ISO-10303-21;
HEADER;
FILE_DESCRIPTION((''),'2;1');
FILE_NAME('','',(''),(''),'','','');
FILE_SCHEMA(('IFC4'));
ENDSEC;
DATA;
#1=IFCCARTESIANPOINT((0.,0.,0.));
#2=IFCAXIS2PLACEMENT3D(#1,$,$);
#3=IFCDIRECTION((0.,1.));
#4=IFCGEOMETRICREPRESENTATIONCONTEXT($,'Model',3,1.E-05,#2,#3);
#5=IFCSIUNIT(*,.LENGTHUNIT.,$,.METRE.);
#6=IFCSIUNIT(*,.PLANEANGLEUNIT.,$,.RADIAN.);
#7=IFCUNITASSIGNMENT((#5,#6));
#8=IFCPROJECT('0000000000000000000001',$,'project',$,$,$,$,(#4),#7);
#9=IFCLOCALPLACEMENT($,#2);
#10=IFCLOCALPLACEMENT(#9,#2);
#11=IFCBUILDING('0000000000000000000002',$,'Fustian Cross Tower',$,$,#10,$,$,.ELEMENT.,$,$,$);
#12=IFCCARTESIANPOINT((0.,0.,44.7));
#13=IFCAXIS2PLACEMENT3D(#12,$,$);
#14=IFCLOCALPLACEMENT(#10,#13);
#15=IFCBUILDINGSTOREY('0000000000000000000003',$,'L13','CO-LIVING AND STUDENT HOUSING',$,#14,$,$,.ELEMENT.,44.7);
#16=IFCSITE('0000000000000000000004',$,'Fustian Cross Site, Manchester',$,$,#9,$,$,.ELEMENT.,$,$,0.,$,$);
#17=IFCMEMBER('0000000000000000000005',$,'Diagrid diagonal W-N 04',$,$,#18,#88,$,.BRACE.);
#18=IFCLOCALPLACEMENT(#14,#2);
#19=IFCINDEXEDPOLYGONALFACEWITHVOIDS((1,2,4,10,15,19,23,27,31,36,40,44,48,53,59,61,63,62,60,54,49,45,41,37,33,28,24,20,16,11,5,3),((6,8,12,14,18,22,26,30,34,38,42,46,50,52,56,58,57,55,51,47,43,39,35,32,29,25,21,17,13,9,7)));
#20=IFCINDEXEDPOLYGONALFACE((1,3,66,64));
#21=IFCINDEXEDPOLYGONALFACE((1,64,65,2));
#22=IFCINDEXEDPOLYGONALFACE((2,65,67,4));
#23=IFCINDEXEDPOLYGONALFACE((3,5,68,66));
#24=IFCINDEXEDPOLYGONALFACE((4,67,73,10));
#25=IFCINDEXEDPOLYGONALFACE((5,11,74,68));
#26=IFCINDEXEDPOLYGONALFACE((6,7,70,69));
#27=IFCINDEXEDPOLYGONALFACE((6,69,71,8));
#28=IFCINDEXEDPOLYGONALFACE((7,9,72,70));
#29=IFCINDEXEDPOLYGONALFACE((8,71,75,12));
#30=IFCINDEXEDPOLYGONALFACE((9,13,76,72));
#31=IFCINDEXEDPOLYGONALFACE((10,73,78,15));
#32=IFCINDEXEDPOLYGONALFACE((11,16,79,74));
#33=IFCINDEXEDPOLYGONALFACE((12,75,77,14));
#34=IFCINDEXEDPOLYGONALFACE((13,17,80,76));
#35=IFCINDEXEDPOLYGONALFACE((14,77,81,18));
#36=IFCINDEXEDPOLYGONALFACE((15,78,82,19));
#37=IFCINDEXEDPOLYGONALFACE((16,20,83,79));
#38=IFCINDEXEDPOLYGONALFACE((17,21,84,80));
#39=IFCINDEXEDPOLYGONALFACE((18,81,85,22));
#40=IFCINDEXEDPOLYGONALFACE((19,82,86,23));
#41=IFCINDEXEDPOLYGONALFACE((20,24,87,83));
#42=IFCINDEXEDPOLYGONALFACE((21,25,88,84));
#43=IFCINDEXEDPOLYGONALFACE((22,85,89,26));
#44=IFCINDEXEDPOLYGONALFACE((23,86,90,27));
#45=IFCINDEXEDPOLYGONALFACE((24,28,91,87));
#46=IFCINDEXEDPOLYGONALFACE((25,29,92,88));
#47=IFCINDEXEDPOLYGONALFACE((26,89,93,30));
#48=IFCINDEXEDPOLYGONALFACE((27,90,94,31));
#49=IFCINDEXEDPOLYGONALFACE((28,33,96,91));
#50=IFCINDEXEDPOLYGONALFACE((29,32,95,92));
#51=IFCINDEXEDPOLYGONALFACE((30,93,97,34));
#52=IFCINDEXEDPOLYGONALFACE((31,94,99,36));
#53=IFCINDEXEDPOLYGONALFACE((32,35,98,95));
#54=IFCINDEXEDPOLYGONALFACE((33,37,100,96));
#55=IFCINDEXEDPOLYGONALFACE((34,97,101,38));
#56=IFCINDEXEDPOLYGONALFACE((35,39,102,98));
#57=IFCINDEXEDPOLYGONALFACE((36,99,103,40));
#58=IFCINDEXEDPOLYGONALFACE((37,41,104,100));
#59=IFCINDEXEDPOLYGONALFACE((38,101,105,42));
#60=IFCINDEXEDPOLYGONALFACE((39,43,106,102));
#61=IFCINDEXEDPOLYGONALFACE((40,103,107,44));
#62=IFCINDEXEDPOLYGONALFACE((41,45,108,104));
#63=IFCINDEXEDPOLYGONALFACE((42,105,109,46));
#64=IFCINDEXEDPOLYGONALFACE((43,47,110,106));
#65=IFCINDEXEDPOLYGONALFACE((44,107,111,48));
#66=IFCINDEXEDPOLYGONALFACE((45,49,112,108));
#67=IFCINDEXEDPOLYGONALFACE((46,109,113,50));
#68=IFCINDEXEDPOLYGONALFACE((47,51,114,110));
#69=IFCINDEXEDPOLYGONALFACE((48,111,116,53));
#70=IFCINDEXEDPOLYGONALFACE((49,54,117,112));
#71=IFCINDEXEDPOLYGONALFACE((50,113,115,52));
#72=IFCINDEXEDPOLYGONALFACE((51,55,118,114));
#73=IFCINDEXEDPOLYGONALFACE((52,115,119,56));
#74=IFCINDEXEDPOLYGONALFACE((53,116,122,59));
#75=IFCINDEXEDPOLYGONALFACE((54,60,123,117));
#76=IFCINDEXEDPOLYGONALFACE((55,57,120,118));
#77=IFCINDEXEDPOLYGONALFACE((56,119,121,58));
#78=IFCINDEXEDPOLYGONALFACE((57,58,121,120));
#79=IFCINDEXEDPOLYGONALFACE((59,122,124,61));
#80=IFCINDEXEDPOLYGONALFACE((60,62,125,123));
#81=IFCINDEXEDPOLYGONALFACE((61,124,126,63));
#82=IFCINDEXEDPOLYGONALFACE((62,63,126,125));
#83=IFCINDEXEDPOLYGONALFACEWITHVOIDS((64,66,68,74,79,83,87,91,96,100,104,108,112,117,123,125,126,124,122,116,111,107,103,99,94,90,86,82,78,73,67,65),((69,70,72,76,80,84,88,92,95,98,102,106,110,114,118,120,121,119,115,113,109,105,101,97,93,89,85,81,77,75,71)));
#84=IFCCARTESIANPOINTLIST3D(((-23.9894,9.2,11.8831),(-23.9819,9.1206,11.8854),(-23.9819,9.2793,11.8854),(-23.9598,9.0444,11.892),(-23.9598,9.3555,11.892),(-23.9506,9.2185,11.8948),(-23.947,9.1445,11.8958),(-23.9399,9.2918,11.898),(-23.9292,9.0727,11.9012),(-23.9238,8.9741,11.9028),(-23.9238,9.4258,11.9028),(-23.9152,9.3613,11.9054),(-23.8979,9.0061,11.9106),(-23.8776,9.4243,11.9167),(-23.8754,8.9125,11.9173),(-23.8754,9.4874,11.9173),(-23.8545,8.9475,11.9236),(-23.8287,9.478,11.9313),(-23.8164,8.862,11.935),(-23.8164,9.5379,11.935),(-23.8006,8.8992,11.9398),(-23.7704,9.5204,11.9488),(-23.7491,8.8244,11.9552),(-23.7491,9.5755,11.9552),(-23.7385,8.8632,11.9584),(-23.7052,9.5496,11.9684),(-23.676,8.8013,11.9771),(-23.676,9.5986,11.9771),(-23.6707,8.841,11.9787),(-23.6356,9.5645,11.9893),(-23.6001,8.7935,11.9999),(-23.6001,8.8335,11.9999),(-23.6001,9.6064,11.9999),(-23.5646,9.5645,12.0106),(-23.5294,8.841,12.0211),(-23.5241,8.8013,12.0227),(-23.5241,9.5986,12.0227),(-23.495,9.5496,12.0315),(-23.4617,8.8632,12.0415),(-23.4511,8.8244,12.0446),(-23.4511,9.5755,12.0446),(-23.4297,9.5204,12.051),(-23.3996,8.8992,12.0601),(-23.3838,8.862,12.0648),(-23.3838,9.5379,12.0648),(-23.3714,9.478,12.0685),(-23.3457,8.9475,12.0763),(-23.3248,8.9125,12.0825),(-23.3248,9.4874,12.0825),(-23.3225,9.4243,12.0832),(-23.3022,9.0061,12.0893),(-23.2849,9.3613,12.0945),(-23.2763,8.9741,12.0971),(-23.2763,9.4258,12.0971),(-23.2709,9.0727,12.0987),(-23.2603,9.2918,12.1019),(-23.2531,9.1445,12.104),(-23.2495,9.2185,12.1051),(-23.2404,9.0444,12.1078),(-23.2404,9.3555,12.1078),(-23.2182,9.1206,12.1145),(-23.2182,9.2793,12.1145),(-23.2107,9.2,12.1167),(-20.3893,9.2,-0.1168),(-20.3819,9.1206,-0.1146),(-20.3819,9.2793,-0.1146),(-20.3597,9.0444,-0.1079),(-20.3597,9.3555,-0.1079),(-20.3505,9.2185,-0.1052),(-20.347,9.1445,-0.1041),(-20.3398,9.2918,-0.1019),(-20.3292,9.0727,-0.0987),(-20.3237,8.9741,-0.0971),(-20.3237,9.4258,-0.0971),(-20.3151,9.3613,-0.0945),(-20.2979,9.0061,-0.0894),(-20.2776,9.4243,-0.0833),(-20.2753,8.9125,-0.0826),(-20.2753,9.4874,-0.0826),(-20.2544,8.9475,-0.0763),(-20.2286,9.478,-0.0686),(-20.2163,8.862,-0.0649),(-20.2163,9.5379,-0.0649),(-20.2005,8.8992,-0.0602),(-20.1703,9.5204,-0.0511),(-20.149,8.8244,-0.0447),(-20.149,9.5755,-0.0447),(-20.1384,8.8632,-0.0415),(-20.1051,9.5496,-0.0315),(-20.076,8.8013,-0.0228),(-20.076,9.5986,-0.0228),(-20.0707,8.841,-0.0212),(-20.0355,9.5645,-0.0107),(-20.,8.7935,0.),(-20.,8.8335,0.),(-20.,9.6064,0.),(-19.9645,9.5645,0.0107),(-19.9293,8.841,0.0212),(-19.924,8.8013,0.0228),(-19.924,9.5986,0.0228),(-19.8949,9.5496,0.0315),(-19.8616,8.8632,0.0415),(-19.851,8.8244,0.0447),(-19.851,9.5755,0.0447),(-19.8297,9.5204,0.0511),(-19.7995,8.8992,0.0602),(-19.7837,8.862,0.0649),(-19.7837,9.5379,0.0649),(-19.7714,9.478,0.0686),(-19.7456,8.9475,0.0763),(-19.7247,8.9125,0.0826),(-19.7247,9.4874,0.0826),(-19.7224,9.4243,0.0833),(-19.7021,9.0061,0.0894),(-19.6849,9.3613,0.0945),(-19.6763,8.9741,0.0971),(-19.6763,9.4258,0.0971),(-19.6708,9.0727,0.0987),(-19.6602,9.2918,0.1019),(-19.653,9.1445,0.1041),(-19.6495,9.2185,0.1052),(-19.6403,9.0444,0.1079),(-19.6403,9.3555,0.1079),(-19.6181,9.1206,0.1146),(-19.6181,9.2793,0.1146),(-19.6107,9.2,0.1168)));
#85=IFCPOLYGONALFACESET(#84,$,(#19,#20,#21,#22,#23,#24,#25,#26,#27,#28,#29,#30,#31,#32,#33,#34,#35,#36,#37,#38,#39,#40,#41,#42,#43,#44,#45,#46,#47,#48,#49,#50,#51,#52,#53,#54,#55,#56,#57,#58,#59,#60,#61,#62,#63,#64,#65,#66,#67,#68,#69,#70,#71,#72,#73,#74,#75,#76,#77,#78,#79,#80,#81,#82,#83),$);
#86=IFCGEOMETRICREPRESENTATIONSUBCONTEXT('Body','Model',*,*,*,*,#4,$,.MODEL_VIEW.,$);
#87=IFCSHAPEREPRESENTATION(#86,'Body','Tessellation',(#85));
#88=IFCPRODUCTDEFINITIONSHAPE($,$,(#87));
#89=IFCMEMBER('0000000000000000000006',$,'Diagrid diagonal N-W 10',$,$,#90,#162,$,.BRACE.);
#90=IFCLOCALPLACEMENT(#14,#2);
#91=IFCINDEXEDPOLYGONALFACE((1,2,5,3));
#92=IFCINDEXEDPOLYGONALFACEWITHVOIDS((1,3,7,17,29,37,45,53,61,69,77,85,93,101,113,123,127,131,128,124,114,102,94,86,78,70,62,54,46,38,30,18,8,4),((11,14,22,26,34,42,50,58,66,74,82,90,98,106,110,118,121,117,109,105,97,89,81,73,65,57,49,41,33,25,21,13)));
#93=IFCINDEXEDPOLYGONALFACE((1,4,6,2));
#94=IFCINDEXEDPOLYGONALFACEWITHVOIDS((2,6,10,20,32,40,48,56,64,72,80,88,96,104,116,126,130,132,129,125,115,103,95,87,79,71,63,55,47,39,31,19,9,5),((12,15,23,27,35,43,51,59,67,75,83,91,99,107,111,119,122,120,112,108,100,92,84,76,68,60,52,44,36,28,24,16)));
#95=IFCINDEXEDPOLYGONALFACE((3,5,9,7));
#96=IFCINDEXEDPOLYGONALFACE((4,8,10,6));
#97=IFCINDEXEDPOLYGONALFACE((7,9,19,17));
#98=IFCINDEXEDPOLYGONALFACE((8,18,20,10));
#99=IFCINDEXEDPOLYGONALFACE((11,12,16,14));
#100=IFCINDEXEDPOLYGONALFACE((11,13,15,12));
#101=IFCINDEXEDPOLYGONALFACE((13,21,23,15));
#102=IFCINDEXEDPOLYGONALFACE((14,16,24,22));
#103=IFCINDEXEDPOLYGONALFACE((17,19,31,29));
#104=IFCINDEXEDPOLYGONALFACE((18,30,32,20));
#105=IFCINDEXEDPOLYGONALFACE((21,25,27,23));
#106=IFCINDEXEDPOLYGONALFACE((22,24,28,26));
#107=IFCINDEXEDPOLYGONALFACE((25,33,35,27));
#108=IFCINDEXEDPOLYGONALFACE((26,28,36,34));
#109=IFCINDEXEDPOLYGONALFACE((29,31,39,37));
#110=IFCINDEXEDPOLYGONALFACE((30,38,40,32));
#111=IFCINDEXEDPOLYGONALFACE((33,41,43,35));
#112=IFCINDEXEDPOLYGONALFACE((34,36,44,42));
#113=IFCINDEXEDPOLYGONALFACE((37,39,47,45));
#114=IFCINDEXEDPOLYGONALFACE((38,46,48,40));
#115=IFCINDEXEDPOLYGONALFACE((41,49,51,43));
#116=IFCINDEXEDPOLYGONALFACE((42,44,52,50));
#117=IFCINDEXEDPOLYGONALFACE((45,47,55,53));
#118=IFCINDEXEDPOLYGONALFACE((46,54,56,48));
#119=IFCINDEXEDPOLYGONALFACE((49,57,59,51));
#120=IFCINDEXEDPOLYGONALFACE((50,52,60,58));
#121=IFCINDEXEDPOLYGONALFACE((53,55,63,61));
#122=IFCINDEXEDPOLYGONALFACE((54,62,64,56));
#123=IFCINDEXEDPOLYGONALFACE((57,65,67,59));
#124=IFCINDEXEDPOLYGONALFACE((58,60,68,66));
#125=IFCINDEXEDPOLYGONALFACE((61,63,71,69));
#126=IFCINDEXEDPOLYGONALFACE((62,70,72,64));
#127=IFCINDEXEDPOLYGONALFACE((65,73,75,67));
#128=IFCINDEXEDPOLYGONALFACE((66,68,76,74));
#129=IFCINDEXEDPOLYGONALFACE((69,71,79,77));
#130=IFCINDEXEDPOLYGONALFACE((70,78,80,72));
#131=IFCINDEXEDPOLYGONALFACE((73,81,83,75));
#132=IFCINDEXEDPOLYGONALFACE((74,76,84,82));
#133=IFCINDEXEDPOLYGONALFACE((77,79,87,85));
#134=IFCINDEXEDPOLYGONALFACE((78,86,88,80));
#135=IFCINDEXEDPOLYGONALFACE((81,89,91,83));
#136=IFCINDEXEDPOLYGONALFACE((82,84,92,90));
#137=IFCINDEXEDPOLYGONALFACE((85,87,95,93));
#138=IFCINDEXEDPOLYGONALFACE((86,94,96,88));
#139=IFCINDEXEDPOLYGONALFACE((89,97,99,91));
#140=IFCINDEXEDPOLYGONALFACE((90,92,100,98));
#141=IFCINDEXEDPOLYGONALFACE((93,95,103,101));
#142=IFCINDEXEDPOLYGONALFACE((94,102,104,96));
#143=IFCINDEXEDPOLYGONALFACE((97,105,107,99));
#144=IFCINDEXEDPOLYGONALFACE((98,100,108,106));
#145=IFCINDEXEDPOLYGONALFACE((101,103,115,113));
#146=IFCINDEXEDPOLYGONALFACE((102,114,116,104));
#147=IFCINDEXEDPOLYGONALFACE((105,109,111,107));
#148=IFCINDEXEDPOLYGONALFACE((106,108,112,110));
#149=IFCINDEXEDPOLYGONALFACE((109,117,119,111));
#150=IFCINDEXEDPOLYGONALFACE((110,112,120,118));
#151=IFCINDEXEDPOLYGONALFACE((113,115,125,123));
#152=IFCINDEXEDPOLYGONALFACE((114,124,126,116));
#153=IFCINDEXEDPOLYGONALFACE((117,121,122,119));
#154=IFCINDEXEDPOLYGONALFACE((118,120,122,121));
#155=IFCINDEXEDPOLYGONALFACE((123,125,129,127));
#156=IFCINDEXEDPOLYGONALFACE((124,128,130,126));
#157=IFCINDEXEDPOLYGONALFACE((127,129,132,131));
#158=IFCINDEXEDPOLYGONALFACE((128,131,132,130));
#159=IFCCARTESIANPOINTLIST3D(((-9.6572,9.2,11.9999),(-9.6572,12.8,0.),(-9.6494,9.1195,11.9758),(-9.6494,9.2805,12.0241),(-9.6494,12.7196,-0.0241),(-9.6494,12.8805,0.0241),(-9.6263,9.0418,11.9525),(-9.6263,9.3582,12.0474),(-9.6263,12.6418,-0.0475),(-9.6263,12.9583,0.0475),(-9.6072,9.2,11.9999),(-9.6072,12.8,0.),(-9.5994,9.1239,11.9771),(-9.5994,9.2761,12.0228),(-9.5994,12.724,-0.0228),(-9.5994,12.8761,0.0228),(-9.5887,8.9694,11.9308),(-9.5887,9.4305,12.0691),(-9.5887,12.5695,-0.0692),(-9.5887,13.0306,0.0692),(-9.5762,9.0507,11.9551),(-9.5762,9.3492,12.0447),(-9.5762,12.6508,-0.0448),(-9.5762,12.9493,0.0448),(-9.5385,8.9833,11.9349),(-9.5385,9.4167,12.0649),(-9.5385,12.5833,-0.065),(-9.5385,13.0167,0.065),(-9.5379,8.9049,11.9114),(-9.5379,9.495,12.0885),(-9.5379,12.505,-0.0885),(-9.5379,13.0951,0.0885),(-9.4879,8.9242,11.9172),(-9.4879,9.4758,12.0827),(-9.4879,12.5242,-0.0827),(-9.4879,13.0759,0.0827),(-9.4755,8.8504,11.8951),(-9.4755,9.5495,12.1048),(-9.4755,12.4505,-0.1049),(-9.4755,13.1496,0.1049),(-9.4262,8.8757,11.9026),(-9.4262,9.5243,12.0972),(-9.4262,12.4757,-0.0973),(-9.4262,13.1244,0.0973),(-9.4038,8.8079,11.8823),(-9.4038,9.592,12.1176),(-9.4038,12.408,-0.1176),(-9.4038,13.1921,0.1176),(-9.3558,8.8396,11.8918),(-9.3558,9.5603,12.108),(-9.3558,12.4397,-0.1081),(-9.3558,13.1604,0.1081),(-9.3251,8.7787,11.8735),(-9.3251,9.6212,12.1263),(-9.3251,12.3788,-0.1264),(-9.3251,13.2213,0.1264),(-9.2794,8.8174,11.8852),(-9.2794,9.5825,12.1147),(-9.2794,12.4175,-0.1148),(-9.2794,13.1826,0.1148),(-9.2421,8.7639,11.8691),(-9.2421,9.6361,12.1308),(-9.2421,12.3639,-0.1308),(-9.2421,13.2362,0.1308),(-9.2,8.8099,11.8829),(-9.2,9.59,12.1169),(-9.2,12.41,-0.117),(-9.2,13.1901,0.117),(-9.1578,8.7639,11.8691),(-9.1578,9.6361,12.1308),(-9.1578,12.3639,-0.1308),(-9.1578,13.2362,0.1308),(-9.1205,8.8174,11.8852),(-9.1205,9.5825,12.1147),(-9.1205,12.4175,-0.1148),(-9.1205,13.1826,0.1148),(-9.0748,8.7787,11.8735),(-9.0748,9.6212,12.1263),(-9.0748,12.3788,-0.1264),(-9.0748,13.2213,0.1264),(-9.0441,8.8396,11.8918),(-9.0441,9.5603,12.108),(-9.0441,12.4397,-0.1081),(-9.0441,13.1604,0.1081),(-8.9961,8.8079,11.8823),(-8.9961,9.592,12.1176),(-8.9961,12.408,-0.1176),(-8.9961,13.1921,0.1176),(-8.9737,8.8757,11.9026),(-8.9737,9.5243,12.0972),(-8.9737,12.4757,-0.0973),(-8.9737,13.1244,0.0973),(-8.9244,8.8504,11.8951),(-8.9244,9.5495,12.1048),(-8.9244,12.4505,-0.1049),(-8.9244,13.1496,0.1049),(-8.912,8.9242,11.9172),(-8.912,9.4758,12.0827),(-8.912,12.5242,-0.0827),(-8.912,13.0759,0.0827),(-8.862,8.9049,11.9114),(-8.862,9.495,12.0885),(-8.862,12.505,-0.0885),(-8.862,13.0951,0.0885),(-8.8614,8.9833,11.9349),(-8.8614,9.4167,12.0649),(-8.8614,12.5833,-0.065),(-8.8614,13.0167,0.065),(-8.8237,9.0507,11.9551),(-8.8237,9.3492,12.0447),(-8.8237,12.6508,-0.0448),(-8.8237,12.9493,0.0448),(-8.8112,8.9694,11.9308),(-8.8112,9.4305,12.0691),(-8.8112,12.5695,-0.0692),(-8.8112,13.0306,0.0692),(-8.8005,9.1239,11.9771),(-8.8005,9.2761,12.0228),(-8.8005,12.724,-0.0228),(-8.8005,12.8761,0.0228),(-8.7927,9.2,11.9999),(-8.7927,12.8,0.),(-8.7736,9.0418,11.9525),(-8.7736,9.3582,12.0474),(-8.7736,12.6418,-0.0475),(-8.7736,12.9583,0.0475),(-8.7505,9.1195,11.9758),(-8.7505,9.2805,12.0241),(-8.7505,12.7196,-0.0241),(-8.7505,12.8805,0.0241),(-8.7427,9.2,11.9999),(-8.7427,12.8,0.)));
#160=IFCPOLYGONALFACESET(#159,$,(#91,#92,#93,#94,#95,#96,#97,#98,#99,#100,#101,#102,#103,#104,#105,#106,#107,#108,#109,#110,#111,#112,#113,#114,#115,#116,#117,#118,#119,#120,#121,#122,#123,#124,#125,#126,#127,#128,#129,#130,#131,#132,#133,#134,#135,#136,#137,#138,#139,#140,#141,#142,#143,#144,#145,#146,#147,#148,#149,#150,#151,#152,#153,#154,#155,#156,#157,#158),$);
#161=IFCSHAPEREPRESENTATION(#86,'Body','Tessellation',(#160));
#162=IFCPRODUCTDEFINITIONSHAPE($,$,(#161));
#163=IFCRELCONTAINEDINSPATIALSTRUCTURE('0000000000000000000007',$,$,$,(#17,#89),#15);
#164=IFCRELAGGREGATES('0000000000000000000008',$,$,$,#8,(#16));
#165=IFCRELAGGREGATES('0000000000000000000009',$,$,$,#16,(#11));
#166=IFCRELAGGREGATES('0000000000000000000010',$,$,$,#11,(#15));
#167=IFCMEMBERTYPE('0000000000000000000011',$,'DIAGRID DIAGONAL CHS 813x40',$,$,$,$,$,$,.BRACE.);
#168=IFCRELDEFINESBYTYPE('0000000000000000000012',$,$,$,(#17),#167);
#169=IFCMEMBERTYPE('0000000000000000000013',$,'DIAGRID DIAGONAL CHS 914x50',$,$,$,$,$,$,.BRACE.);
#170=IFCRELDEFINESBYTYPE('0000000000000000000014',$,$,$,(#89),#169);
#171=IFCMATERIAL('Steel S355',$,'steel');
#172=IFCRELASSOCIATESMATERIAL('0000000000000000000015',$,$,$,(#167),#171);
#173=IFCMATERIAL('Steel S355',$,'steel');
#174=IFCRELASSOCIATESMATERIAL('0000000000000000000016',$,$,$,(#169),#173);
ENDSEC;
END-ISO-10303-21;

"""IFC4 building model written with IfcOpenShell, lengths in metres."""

from ifc_helpers import new_model, si_unit, direction, frame, origin, origin_2d, place, context, subcontext, project, spatial, hollow_circle, extrude, material, material_profile, profile_set, type_object, element, save


model = new_model("IFC4")

# Units and contexts
model_context = context("Model", 3, precision=1e-05, world=origin(), true_north=direction((0.0, 1.0)))
body_context = subcontext(model_context, "Body", "Model", "MODEL_VIEW")
ifc_project = project(units=[si_unit("LENGTHUNIT", "METRE"), si_unit("PLANEANGLEUNIT", "RADIAN")], contexts=[model_context])

# Site, building, storey
site_placement = place(None, origin())
site = spatial("IfcSite", under=ifc_project, at=site_placement, Name="Fustian Cross Site, Manchester", CompositionType="ELEMENT", RefElevation=0.0)
building_placement = place(site_placement, origin())
building = spatial("IfcBuilding", under=site, at=building_placement, Name="Fustian Cross Tower", CompositionType="ELEMENT")
storey_placement = place(building_placement, frame((0.0, 0.0, 44.7)))
storey = spatial("IfcBuildingStorey", under=building, at=storey_placement, Name="L13", Description="CO-LIVING AND STUDENT HOUSING", CompositionType="ELEMENT", Elevation=44.7)

# Members
ifc_material_1 = material(Name="Steel S355", Category="steel")
ifc_material_profile_1 = material_profile(ifc_material_1, hollow_circle(Radius=0.4065, WallThickness=0.04, at=origin_2d()), Name="CHS 813x40")
ifc_profile_set_1 = profile_set([ifc_material_profile_1], Name="Steel S355")
member_type_1 = type_object("IfcMemberType", Name="DIAGRID DIAGONAL CHS 813x40", PredefinedType="BRACE", material=ifc_profile_set_1)
for number, where, z_axis, x_axis, name in (
    (1, (-20.0, 9.2, 0.0), (-0.287355, 0.0, 0.957824), (0.0, -1.0, 0.0), "Diagrid diagonal W-N 04"),
):
    element("IfcMember", number, at=place(storey_placement, frame(where, z_axis=z_axis, x_axis=x_axis)), inside=storey, type_object=member_type_1, Name=name, PredefinedType="BRACE", context=body_context, shape_type="SweptSolid", body=[
        extrude(hollow_circle(Radius=0.4065, WallThickness=0.04, at=origin_2d()), origin(), (0.0, 0.0, 1.0), 12.5283),
    ])
ifc_material_2 = material(Name="Steel S355", Category="steel")
ifc_material_profile_2 = material_profile(ifc_material_2, hollow_circle(Radius=0.4573, WallThickness=0.05, at=origin_2d()), Name="CHS 914x50")
ifc_profile_set_2 = profile_set([ifc_material_profile_2], Name="Steel S355")
member_type_2 = type_object("IfcMemberType", Name="DIAGRID DIAGONAL CHS 914x50", PredefinedType="BRACE", material=ifc_profile_set_2)
for number, where, z_axis, x_axis, name in (
    (2, (-9.2, 12.8, 0.0), (0.0, -0.287355, 0.957824), (1.0, 0.0, 0.0), "Diagrid diagonal N-W 10"),
):
    element("IfcMember", number, at=place(storey_placement, frame(where, z_axis=z_axis, x_axis=x_axis)), inside=storey, type_object=member_type_2, Name=name, PredefinedType="BRACE", context=body_context, shape_type="SweptSolid", body=[
        extrude(hollow_circle(Radius=0.4573, WallThickness=0.05, at=origin_2d()), origin(), (0.0, 0.0, 1.0), 12.5283),
    ])

save(model, "model.ifc")
